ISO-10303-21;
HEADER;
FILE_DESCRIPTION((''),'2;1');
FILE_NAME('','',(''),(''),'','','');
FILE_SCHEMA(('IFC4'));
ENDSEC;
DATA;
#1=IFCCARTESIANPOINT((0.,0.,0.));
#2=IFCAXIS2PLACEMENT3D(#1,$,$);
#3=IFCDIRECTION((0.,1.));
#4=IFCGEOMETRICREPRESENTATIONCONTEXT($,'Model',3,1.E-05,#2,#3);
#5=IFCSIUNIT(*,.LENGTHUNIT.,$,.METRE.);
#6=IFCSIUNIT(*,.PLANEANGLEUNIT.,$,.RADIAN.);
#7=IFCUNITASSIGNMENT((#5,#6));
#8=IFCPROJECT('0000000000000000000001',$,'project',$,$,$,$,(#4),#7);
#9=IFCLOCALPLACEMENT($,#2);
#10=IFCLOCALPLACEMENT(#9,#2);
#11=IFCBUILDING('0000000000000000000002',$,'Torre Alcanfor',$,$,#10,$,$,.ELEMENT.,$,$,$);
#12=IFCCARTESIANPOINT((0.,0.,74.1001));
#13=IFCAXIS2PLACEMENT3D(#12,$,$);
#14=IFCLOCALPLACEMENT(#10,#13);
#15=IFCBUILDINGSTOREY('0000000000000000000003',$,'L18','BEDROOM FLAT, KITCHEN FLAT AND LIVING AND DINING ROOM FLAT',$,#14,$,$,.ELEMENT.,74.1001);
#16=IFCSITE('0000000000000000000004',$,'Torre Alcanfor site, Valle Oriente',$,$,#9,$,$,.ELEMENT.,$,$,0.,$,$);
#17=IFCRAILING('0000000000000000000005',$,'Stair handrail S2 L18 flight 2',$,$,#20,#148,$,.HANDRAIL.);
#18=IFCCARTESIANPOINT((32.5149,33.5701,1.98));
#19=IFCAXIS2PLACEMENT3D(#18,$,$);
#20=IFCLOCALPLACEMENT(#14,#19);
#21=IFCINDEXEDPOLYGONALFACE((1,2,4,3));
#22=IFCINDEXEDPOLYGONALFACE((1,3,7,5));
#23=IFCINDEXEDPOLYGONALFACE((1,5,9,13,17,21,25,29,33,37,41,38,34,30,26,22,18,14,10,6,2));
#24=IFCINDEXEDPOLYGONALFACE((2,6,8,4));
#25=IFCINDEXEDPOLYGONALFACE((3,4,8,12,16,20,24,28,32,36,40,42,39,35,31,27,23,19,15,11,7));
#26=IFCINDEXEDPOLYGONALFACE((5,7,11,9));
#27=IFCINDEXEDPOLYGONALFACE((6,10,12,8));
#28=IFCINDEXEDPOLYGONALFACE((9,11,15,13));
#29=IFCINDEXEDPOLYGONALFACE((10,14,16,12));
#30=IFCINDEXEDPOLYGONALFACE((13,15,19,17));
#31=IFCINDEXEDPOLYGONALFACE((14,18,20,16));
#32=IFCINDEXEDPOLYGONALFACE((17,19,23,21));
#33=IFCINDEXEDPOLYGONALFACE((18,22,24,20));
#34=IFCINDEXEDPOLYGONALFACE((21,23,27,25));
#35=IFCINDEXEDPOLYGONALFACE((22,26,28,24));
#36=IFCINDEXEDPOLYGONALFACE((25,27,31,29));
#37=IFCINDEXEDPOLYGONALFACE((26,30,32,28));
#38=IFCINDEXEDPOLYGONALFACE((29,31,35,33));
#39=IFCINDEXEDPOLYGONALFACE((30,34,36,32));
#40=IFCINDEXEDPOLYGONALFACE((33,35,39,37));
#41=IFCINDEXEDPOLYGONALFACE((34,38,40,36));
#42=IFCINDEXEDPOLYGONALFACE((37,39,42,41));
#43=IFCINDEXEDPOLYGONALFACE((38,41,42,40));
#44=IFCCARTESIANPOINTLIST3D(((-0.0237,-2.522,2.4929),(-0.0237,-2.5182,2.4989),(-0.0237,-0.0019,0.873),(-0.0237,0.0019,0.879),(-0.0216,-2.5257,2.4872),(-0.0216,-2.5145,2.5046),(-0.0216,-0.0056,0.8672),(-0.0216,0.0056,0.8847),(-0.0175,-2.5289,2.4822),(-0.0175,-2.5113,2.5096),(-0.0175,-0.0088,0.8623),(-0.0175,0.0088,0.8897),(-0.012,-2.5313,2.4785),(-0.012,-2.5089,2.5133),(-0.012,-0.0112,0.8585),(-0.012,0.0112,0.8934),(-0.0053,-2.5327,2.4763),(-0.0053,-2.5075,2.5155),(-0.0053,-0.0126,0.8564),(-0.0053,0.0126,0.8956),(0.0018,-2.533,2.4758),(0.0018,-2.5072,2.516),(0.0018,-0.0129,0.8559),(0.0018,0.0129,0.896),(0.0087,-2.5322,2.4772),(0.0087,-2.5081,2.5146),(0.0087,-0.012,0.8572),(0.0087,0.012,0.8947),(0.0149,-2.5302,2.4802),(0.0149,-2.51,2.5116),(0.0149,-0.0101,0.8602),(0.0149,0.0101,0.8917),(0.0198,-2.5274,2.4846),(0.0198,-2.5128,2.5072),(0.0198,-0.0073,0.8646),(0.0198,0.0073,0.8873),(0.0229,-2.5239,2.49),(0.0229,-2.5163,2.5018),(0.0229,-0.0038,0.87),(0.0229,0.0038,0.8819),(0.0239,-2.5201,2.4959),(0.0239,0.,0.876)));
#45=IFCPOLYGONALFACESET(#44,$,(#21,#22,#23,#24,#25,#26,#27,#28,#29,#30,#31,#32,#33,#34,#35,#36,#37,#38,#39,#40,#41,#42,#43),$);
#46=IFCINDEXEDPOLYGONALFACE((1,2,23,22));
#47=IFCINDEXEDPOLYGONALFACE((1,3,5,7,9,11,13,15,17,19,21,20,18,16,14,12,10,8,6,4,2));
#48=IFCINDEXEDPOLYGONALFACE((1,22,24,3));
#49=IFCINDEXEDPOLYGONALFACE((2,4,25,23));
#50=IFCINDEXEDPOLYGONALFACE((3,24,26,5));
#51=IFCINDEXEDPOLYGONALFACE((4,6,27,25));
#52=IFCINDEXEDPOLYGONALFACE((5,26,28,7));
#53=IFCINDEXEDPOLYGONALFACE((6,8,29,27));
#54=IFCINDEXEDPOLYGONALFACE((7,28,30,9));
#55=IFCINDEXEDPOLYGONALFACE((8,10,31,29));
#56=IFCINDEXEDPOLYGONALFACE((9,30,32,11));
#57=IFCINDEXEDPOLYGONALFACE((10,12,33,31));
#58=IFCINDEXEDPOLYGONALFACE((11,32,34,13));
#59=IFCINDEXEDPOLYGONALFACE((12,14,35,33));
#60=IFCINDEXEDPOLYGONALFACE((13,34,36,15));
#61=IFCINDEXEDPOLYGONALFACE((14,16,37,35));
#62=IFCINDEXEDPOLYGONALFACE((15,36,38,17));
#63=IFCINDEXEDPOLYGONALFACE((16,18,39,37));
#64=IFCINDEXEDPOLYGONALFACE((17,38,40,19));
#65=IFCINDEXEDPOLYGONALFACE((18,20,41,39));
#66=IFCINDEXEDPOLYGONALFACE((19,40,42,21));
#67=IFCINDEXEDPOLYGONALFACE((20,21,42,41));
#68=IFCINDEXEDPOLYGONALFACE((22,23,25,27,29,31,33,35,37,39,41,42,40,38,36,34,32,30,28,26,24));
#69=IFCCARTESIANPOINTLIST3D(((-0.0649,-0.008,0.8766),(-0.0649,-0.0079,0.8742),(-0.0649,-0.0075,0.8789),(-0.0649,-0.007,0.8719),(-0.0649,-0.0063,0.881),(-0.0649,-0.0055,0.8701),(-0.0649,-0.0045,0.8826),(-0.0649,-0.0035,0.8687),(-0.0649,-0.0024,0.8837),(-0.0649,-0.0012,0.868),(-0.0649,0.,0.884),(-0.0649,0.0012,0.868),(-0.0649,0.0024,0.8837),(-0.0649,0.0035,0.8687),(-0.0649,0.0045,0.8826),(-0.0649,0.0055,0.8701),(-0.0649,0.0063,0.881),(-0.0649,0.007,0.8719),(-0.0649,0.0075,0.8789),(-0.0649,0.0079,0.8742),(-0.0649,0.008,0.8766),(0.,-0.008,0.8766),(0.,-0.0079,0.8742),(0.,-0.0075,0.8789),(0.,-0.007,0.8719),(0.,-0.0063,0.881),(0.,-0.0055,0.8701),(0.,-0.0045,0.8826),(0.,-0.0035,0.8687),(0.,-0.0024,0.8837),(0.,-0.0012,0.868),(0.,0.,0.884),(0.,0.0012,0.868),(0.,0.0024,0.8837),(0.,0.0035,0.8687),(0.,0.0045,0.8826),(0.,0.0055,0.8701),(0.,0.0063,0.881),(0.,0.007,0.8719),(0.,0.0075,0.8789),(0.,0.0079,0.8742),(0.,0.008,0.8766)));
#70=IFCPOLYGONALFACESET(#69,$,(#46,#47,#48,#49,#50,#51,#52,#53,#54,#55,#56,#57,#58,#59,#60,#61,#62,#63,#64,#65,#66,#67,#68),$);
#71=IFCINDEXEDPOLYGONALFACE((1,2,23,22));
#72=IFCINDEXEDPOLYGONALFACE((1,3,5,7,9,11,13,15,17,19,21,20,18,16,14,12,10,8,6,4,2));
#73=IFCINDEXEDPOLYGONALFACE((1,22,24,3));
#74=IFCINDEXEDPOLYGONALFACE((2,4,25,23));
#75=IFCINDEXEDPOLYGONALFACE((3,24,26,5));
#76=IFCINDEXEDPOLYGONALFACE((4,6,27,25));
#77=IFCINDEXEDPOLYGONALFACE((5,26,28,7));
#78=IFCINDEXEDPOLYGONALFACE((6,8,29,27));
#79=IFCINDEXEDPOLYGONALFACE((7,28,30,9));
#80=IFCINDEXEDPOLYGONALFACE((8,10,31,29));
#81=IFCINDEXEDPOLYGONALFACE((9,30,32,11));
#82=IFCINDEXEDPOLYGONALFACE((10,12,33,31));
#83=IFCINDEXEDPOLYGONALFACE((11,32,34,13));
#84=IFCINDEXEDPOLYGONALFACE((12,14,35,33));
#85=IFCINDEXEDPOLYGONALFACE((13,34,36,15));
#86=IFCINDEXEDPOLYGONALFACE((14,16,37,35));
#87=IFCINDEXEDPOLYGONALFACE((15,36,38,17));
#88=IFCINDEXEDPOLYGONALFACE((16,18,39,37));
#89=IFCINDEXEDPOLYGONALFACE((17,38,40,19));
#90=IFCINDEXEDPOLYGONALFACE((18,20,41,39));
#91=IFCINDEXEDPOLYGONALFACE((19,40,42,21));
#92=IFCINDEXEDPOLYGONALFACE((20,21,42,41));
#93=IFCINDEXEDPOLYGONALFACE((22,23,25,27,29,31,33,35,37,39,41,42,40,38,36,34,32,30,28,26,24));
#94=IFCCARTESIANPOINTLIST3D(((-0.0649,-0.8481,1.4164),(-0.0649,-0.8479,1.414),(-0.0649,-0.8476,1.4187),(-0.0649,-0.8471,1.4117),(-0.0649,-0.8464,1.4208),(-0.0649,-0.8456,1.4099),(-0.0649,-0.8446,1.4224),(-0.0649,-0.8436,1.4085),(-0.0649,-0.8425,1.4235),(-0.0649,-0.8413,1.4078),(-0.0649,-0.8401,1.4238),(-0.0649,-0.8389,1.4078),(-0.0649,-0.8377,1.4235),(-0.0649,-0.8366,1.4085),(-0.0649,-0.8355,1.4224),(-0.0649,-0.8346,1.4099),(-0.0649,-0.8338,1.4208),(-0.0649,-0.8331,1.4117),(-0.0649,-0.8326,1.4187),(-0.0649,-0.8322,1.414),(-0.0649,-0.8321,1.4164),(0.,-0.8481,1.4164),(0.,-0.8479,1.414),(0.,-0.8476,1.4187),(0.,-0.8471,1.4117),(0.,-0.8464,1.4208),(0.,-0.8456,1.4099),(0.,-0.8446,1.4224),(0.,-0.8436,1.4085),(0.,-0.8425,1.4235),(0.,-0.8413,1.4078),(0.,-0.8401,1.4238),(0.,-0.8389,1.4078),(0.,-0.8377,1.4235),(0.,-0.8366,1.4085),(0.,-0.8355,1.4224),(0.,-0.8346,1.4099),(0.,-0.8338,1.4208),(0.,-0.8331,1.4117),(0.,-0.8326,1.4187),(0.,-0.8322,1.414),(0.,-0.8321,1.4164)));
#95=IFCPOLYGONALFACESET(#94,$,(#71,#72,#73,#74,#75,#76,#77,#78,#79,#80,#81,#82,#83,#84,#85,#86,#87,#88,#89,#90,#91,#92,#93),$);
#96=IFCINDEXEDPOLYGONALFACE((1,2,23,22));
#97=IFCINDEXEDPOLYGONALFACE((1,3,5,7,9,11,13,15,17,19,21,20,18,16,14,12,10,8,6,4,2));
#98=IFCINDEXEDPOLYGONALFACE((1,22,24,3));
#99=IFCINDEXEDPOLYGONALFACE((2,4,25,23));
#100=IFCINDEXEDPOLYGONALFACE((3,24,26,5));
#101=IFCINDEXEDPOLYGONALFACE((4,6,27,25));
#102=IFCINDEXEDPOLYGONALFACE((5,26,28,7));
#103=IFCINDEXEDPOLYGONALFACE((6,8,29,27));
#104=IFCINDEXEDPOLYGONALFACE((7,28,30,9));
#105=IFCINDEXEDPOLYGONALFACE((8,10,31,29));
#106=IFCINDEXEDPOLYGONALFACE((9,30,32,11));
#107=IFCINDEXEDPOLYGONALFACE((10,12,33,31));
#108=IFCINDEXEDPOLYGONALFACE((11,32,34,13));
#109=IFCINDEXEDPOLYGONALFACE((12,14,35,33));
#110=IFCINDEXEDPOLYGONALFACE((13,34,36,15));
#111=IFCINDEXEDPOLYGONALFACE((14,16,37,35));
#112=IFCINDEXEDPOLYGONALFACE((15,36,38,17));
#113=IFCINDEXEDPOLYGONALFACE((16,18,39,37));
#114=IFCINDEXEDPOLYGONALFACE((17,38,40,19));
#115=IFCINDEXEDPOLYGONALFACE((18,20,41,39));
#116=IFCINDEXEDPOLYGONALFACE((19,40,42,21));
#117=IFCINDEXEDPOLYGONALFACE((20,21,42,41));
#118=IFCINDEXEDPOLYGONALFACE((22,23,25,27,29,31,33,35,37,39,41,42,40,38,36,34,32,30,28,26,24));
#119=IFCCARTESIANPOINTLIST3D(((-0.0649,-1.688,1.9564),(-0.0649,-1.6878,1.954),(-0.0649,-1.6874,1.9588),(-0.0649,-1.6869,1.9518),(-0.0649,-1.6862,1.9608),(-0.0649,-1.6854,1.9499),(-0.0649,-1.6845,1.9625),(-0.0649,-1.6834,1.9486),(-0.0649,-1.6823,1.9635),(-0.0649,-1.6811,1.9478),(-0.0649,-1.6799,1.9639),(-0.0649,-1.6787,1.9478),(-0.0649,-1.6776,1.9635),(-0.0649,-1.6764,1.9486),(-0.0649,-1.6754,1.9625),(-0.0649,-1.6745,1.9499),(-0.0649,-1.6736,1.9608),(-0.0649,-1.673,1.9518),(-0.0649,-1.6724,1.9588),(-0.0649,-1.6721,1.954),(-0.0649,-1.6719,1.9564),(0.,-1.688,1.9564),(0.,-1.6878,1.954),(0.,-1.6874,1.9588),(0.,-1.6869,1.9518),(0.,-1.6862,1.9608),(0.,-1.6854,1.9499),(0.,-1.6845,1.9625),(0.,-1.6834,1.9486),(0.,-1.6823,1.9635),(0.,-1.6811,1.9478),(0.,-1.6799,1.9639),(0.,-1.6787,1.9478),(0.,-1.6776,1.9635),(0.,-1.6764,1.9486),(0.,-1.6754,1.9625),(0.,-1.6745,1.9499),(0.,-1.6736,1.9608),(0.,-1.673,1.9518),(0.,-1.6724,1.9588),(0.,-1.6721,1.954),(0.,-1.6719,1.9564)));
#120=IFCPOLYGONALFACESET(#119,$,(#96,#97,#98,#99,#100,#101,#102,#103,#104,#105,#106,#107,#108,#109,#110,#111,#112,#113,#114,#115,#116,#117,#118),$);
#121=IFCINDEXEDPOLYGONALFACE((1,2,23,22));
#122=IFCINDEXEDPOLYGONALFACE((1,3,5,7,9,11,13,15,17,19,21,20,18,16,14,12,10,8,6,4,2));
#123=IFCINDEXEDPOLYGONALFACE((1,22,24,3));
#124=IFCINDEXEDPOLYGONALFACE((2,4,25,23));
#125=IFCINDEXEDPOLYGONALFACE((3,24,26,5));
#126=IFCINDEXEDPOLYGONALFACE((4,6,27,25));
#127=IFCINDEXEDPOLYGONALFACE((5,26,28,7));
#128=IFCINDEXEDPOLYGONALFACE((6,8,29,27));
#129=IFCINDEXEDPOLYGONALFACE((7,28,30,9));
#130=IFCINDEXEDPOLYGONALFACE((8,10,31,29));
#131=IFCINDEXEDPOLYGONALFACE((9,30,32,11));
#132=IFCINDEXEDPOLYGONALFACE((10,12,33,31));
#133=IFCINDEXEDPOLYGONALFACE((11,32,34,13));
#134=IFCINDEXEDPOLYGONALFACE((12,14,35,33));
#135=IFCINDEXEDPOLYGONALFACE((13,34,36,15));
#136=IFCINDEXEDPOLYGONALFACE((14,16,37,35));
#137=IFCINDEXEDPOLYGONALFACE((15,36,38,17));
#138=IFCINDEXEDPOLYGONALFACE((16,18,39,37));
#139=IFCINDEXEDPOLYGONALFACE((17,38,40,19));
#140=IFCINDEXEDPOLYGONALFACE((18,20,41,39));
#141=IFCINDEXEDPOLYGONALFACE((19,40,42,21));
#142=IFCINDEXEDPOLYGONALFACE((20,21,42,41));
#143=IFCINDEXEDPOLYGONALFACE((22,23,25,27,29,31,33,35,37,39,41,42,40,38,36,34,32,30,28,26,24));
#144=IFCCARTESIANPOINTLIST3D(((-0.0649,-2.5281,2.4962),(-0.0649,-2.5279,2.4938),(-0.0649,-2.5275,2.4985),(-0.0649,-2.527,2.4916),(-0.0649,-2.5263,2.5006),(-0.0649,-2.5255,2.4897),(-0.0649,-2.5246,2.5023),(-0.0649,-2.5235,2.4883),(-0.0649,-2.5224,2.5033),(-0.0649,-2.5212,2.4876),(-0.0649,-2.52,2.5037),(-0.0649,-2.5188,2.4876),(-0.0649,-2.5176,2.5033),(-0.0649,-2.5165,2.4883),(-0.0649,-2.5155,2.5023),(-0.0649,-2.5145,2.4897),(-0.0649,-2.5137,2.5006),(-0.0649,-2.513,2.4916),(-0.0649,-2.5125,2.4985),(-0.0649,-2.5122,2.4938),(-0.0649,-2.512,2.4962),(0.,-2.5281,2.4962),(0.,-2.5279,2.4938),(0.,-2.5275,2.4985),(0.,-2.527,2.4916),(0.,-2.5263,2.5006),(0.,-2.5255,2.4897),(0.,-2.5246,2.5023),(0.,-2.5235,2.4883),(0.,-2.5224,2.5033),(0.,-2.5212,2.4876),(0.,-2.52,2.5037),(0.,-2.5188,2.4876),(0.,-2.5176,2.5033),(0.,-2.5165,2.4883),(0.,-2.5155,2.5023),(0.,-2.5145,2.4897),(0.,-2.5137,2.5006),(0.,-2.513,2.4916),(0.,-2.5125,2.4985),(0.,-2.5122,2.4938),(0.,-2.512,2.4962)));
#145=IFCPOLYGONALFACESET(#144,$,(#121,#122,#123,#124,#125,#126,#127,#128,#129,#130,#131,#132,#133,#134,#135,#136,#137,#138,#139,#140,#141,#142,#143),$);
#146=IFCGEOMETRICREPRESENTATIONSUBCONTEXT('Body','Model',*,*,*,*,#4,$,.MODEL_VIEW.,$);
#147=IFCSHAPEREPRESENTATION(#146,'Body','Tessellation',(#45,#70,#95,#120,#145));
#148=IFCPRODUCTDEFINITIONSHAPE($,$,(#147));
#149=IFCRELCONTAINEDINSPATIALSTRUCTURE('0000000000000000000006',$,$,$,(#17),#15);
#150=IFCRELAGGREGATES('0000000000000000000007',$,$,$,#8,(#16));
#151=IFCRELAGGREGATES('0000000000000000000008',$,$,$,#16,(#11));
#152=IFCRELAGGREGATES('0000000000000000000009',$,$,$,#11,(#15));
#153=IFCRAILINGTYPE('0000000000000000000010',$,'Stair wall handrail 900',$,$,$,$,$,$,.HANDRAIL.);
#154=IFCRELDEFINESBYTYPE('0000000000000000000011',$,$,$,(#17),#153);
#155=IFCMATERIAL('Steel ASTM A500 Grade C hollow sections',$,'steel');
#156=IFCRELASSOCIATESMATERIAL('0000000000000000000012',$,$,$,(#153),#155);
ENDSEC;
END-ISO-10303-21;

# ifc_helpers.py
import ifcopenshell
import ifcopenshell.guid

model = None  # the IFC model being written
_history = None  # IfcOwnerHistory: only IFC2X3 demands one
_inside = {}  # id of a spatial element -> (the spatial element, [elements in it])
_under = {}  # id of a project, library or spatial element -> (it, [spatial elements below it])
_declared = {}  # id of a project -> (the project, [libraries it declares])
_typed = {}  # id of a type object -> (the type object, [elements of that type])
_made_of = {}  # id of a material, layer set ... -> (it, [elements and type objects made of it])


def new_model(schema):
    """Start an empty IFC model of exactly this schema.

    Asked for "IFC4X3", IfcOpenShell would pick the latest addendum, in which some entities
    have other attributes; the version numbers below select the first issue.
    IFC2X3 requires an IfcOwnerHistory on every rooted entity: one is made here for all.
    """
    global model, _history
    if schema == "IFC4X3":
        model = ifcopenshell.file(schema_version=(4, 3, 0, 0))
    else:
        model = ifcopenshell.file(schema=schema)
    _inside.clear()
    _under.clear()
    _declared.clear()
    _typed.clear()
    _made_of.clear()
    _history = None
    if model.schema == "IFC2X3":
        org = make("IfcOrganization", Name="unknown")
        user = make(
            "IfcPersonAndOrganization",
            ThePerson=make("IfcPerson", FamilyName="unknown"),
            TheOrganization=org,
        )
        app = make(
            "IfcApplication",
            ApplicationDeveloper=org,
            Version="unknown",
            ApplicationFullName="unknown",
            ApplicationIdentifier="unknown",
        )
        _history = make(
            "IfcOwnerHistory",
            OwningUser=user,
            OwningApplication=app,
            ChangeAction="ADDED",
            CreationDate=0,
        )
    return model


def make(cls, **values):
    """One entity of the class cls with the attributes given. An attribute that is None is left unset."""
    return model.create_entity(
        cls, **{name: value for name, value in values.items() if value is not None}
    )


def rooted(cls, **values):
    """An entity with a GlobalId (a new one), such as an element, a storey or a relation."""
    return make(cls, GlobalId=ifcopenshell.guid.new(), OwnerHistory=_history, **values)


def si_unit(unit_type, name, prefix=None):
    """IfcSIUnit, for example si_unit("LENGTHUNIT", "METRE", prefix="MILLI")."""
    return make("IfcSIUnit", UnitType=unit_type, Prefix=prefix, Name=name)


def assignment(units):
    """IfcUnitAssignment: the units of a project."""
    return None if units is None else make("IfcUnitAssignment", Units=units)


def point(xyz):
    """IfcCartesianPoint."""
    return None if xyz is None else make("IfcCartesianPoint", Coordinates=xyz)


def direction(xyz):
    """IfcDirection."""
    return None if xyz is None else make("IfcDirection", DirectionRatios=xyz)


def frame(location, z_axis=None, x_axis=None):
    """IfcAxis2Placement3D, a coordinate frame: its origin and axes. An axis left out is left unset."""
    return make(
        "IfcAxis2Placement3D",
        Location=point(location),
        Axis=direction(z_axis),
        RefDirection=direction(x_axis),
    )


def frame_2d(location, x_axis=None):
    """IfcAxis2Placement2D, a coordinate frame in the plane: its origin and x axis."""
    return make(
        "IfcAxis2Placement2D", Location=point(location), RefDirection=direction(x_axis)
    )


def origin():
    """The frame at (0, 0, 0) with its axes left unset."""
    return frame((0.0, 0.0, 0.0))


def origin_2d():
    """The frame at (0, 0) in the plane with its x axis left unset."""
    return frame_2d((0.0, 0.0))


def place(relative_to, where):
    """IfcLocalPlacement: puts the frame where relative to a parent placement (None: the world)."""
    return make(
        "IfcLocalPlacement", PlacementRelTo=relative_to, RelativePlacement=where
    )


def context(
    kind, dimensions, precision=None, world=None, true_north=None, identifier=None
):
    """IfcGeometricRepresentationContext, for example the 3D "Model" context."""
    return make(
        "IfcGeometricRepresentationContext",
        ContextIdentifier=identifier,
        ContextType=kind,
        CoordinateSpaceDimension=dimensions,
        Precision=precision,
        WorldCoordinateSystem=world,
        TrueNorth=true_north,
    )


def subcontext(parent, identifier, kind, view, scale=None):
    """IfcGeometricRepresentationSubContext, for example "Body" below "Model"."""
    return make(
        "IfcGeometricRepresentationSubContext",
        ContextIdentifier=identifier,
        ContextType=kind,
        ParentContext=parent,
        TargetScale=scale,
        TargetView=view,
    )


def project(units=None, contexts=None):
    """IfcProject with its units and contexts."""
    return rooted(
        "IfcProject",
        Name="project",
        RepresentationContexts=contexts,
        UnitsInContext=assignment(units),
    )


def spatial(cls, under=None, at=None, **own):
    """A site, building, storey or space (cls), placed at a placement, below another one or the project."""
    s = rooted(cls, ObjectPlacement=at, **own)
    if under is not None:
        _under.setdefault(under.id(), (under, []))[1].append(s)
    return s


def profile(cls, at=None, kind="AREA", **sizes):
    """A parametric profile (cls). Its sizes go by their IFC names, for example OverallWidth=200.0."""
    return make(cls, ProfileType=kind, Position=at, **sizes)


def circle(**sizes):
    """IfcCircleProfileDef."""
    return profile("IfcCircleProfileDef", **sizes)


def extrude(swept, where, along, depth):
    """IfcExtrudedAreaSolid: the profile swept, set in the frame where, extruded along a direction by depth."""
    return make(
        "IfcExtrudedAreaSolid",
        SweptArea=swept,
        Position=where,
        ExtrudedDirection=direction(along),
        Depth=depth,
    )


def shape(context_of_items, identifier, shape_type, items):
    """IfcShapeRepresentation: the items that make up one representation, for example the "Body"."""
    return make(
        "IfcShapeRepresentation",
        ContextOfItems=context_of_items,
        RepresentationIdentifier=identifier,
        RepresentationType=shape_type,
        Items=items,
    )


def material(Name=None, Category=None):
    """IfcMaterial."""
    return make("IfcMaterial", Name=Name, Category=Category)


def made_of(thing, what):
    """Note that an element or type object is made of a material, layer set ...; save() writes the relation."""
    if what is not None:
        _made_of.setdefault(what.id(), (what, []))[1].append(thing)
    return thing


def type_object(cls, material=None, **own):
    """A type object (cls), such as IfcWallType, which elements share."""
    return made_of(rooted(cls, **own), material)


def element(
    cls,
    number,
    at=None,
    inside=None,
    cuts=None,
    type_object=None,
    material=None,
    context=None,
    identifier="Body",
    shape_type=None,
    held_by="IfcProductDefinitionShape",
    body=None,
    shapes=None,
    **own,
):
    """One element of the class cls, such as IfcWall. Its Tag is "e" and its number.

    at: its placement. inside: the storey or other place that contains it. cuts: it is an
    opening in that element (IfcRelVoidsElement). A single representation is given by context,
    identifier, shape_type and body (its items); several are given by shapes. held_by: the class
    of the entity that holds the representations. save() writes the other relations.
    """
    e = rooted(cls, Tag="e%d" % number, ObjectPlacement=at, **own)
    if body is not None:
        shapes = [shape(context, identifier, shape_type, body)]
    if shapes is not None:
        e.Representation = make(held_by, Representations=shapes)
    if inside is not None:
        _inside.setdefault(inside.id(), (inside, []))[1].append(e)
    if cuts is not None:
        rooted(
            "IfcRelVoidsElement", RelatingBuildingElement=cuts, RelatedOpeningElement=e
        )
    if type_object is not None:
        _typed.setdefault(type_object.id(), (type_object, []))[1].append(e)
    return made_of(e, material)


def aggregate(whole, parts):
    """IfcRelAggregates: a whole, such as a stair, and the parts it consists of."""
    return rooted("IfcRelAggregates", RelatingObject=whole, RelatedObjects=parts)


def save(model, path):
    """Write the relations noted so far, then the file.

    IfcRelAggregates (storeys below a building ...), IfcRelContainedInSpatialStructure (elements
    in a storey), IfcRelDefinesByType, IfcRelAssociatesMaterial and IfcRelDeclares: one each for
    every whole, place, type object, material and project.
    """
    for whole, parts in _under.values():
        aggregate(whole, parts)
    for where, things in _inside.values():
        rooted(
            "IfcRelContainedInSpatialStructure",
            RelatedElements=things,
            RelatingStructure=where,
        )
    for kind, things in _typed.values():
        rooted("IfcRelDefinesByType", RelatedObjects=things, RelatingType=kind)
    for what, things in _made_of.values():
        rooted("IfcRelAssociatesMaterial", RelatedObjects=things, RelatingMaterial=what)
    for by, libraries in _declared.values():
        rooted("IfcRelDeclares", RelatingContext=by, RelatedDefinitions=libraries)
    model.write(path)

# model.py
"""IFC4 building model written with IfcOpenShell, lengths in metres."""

from ifc_helpers import new_model, si_unit, direction, frame, origin, origin_2d, place, context, subcontext, project, spatial, circle, extrude, material, type_object, element, save


model = new_model("IFC4")

# Units and contexts
model_context = context("Model", 3, precision=1e-05, world=origin(), true_north=direction((0.0, 1.0)))
body_context = subcontext(model_context, "Body", "Model", "MODEL_VIEW")
ifc_project = project(units=[si_unit("LENGTHUNIT", "METRE"), si_unit("PLANEANGLEUNIT", "RADIAN")], contexts=[model_context])

# Site, building, storey
site_placement = place(None, origin())
site = spatial("IfcSite", under=ifc_project, at=site_placement, Name="Torre Alcanfor site, Valle Oriente", CompositionType="ELEMENT", RefElevation=0.0)
building_placement = place(site_placement, origin())
building = spatial("IfcBuilding", under=site, at=building_placement, Name="Torre Alcanfor", CompositionType="ELEMENT")
storey_placement = place(building_placement, frame((0.0, 0.0, 74.1001)))
storey = spatial("IfcBuildingStorey", under=building, at=storey_placement, Name="L18", Description="BEDROOM FLAT, KITCHEN FLAT AND LIVING AND DINING ROOM FLAT", CompositionType="ELEMENT", Elevation=74.1001)

# Railing
ifc_material_1 = material(Name="Steel ASTM A500 Grade C hollow sections", Category="steel")
railing_type_1 = type_object("IfcRailingType", Name="Stair wall handrail 900", PredefinedType="HANDRAIL", material=ifc_material_1)
railing_1_placement = place(storey_placement, frame((32.5149, 33.5701, 1.98)))
element("IfcRailing", 1, at=railing_1_placement, inside=storey, type_object=railing_type_1, Name="Stair handrail S2 L18 flight 2", PredefinedType="HANDRAIL", context=body_context, shape_type="SweptSolid", body=[
    extrude(circle(Radius=0.0239, at=origin_2d()), frame((0.0, 0.0, 0.876), z_axis=(0.0, -0.8412, 0.540725), x_axis=(1.0, 0.0, 0.0)), (0.0, 0.0, 1.0), 2.9958),
    extrude(circle(Radius=0.0081, at=origin_2d()), frame((0.0, 0.0, 0.876), z_axis=(-1.0, 0.0, 0.0), x_axis=(0.0, 0.0, 1.0)), (0.0, 0.0, 1.0), 0.0649),
    extrude(circle(Radius=0.0081, at=origin_2d()), frame((0.0, -0.8401, 1.4158), z_axis=(-1.0, 0.0, 0.0), x_axis=(0.0, 0.0, 1.0)), (0.0, 0.0, 1.0), 0.0649),
    extrude(circle(Radius=0.0081, at=origin_2d()), frame((0.0, -1.6799, 1.9558), z_axis=(-1.0, 0.0, 0.0), x_axis=(0.0, 0.0, 1.0)), (0.0, 0.0, 1.0), 0.0649),
    extrude(circle(Radius=0.0081, at=origin_2d()), frame((0.0, -2.52, 2.4956), z_axis=(-1.0, 0.0, 0.0), x_axis=(0.0, 0.0, 1.0)), (0.0, 0.0, 1.0), 0.0649),
])

save(model, "model.ifc")
